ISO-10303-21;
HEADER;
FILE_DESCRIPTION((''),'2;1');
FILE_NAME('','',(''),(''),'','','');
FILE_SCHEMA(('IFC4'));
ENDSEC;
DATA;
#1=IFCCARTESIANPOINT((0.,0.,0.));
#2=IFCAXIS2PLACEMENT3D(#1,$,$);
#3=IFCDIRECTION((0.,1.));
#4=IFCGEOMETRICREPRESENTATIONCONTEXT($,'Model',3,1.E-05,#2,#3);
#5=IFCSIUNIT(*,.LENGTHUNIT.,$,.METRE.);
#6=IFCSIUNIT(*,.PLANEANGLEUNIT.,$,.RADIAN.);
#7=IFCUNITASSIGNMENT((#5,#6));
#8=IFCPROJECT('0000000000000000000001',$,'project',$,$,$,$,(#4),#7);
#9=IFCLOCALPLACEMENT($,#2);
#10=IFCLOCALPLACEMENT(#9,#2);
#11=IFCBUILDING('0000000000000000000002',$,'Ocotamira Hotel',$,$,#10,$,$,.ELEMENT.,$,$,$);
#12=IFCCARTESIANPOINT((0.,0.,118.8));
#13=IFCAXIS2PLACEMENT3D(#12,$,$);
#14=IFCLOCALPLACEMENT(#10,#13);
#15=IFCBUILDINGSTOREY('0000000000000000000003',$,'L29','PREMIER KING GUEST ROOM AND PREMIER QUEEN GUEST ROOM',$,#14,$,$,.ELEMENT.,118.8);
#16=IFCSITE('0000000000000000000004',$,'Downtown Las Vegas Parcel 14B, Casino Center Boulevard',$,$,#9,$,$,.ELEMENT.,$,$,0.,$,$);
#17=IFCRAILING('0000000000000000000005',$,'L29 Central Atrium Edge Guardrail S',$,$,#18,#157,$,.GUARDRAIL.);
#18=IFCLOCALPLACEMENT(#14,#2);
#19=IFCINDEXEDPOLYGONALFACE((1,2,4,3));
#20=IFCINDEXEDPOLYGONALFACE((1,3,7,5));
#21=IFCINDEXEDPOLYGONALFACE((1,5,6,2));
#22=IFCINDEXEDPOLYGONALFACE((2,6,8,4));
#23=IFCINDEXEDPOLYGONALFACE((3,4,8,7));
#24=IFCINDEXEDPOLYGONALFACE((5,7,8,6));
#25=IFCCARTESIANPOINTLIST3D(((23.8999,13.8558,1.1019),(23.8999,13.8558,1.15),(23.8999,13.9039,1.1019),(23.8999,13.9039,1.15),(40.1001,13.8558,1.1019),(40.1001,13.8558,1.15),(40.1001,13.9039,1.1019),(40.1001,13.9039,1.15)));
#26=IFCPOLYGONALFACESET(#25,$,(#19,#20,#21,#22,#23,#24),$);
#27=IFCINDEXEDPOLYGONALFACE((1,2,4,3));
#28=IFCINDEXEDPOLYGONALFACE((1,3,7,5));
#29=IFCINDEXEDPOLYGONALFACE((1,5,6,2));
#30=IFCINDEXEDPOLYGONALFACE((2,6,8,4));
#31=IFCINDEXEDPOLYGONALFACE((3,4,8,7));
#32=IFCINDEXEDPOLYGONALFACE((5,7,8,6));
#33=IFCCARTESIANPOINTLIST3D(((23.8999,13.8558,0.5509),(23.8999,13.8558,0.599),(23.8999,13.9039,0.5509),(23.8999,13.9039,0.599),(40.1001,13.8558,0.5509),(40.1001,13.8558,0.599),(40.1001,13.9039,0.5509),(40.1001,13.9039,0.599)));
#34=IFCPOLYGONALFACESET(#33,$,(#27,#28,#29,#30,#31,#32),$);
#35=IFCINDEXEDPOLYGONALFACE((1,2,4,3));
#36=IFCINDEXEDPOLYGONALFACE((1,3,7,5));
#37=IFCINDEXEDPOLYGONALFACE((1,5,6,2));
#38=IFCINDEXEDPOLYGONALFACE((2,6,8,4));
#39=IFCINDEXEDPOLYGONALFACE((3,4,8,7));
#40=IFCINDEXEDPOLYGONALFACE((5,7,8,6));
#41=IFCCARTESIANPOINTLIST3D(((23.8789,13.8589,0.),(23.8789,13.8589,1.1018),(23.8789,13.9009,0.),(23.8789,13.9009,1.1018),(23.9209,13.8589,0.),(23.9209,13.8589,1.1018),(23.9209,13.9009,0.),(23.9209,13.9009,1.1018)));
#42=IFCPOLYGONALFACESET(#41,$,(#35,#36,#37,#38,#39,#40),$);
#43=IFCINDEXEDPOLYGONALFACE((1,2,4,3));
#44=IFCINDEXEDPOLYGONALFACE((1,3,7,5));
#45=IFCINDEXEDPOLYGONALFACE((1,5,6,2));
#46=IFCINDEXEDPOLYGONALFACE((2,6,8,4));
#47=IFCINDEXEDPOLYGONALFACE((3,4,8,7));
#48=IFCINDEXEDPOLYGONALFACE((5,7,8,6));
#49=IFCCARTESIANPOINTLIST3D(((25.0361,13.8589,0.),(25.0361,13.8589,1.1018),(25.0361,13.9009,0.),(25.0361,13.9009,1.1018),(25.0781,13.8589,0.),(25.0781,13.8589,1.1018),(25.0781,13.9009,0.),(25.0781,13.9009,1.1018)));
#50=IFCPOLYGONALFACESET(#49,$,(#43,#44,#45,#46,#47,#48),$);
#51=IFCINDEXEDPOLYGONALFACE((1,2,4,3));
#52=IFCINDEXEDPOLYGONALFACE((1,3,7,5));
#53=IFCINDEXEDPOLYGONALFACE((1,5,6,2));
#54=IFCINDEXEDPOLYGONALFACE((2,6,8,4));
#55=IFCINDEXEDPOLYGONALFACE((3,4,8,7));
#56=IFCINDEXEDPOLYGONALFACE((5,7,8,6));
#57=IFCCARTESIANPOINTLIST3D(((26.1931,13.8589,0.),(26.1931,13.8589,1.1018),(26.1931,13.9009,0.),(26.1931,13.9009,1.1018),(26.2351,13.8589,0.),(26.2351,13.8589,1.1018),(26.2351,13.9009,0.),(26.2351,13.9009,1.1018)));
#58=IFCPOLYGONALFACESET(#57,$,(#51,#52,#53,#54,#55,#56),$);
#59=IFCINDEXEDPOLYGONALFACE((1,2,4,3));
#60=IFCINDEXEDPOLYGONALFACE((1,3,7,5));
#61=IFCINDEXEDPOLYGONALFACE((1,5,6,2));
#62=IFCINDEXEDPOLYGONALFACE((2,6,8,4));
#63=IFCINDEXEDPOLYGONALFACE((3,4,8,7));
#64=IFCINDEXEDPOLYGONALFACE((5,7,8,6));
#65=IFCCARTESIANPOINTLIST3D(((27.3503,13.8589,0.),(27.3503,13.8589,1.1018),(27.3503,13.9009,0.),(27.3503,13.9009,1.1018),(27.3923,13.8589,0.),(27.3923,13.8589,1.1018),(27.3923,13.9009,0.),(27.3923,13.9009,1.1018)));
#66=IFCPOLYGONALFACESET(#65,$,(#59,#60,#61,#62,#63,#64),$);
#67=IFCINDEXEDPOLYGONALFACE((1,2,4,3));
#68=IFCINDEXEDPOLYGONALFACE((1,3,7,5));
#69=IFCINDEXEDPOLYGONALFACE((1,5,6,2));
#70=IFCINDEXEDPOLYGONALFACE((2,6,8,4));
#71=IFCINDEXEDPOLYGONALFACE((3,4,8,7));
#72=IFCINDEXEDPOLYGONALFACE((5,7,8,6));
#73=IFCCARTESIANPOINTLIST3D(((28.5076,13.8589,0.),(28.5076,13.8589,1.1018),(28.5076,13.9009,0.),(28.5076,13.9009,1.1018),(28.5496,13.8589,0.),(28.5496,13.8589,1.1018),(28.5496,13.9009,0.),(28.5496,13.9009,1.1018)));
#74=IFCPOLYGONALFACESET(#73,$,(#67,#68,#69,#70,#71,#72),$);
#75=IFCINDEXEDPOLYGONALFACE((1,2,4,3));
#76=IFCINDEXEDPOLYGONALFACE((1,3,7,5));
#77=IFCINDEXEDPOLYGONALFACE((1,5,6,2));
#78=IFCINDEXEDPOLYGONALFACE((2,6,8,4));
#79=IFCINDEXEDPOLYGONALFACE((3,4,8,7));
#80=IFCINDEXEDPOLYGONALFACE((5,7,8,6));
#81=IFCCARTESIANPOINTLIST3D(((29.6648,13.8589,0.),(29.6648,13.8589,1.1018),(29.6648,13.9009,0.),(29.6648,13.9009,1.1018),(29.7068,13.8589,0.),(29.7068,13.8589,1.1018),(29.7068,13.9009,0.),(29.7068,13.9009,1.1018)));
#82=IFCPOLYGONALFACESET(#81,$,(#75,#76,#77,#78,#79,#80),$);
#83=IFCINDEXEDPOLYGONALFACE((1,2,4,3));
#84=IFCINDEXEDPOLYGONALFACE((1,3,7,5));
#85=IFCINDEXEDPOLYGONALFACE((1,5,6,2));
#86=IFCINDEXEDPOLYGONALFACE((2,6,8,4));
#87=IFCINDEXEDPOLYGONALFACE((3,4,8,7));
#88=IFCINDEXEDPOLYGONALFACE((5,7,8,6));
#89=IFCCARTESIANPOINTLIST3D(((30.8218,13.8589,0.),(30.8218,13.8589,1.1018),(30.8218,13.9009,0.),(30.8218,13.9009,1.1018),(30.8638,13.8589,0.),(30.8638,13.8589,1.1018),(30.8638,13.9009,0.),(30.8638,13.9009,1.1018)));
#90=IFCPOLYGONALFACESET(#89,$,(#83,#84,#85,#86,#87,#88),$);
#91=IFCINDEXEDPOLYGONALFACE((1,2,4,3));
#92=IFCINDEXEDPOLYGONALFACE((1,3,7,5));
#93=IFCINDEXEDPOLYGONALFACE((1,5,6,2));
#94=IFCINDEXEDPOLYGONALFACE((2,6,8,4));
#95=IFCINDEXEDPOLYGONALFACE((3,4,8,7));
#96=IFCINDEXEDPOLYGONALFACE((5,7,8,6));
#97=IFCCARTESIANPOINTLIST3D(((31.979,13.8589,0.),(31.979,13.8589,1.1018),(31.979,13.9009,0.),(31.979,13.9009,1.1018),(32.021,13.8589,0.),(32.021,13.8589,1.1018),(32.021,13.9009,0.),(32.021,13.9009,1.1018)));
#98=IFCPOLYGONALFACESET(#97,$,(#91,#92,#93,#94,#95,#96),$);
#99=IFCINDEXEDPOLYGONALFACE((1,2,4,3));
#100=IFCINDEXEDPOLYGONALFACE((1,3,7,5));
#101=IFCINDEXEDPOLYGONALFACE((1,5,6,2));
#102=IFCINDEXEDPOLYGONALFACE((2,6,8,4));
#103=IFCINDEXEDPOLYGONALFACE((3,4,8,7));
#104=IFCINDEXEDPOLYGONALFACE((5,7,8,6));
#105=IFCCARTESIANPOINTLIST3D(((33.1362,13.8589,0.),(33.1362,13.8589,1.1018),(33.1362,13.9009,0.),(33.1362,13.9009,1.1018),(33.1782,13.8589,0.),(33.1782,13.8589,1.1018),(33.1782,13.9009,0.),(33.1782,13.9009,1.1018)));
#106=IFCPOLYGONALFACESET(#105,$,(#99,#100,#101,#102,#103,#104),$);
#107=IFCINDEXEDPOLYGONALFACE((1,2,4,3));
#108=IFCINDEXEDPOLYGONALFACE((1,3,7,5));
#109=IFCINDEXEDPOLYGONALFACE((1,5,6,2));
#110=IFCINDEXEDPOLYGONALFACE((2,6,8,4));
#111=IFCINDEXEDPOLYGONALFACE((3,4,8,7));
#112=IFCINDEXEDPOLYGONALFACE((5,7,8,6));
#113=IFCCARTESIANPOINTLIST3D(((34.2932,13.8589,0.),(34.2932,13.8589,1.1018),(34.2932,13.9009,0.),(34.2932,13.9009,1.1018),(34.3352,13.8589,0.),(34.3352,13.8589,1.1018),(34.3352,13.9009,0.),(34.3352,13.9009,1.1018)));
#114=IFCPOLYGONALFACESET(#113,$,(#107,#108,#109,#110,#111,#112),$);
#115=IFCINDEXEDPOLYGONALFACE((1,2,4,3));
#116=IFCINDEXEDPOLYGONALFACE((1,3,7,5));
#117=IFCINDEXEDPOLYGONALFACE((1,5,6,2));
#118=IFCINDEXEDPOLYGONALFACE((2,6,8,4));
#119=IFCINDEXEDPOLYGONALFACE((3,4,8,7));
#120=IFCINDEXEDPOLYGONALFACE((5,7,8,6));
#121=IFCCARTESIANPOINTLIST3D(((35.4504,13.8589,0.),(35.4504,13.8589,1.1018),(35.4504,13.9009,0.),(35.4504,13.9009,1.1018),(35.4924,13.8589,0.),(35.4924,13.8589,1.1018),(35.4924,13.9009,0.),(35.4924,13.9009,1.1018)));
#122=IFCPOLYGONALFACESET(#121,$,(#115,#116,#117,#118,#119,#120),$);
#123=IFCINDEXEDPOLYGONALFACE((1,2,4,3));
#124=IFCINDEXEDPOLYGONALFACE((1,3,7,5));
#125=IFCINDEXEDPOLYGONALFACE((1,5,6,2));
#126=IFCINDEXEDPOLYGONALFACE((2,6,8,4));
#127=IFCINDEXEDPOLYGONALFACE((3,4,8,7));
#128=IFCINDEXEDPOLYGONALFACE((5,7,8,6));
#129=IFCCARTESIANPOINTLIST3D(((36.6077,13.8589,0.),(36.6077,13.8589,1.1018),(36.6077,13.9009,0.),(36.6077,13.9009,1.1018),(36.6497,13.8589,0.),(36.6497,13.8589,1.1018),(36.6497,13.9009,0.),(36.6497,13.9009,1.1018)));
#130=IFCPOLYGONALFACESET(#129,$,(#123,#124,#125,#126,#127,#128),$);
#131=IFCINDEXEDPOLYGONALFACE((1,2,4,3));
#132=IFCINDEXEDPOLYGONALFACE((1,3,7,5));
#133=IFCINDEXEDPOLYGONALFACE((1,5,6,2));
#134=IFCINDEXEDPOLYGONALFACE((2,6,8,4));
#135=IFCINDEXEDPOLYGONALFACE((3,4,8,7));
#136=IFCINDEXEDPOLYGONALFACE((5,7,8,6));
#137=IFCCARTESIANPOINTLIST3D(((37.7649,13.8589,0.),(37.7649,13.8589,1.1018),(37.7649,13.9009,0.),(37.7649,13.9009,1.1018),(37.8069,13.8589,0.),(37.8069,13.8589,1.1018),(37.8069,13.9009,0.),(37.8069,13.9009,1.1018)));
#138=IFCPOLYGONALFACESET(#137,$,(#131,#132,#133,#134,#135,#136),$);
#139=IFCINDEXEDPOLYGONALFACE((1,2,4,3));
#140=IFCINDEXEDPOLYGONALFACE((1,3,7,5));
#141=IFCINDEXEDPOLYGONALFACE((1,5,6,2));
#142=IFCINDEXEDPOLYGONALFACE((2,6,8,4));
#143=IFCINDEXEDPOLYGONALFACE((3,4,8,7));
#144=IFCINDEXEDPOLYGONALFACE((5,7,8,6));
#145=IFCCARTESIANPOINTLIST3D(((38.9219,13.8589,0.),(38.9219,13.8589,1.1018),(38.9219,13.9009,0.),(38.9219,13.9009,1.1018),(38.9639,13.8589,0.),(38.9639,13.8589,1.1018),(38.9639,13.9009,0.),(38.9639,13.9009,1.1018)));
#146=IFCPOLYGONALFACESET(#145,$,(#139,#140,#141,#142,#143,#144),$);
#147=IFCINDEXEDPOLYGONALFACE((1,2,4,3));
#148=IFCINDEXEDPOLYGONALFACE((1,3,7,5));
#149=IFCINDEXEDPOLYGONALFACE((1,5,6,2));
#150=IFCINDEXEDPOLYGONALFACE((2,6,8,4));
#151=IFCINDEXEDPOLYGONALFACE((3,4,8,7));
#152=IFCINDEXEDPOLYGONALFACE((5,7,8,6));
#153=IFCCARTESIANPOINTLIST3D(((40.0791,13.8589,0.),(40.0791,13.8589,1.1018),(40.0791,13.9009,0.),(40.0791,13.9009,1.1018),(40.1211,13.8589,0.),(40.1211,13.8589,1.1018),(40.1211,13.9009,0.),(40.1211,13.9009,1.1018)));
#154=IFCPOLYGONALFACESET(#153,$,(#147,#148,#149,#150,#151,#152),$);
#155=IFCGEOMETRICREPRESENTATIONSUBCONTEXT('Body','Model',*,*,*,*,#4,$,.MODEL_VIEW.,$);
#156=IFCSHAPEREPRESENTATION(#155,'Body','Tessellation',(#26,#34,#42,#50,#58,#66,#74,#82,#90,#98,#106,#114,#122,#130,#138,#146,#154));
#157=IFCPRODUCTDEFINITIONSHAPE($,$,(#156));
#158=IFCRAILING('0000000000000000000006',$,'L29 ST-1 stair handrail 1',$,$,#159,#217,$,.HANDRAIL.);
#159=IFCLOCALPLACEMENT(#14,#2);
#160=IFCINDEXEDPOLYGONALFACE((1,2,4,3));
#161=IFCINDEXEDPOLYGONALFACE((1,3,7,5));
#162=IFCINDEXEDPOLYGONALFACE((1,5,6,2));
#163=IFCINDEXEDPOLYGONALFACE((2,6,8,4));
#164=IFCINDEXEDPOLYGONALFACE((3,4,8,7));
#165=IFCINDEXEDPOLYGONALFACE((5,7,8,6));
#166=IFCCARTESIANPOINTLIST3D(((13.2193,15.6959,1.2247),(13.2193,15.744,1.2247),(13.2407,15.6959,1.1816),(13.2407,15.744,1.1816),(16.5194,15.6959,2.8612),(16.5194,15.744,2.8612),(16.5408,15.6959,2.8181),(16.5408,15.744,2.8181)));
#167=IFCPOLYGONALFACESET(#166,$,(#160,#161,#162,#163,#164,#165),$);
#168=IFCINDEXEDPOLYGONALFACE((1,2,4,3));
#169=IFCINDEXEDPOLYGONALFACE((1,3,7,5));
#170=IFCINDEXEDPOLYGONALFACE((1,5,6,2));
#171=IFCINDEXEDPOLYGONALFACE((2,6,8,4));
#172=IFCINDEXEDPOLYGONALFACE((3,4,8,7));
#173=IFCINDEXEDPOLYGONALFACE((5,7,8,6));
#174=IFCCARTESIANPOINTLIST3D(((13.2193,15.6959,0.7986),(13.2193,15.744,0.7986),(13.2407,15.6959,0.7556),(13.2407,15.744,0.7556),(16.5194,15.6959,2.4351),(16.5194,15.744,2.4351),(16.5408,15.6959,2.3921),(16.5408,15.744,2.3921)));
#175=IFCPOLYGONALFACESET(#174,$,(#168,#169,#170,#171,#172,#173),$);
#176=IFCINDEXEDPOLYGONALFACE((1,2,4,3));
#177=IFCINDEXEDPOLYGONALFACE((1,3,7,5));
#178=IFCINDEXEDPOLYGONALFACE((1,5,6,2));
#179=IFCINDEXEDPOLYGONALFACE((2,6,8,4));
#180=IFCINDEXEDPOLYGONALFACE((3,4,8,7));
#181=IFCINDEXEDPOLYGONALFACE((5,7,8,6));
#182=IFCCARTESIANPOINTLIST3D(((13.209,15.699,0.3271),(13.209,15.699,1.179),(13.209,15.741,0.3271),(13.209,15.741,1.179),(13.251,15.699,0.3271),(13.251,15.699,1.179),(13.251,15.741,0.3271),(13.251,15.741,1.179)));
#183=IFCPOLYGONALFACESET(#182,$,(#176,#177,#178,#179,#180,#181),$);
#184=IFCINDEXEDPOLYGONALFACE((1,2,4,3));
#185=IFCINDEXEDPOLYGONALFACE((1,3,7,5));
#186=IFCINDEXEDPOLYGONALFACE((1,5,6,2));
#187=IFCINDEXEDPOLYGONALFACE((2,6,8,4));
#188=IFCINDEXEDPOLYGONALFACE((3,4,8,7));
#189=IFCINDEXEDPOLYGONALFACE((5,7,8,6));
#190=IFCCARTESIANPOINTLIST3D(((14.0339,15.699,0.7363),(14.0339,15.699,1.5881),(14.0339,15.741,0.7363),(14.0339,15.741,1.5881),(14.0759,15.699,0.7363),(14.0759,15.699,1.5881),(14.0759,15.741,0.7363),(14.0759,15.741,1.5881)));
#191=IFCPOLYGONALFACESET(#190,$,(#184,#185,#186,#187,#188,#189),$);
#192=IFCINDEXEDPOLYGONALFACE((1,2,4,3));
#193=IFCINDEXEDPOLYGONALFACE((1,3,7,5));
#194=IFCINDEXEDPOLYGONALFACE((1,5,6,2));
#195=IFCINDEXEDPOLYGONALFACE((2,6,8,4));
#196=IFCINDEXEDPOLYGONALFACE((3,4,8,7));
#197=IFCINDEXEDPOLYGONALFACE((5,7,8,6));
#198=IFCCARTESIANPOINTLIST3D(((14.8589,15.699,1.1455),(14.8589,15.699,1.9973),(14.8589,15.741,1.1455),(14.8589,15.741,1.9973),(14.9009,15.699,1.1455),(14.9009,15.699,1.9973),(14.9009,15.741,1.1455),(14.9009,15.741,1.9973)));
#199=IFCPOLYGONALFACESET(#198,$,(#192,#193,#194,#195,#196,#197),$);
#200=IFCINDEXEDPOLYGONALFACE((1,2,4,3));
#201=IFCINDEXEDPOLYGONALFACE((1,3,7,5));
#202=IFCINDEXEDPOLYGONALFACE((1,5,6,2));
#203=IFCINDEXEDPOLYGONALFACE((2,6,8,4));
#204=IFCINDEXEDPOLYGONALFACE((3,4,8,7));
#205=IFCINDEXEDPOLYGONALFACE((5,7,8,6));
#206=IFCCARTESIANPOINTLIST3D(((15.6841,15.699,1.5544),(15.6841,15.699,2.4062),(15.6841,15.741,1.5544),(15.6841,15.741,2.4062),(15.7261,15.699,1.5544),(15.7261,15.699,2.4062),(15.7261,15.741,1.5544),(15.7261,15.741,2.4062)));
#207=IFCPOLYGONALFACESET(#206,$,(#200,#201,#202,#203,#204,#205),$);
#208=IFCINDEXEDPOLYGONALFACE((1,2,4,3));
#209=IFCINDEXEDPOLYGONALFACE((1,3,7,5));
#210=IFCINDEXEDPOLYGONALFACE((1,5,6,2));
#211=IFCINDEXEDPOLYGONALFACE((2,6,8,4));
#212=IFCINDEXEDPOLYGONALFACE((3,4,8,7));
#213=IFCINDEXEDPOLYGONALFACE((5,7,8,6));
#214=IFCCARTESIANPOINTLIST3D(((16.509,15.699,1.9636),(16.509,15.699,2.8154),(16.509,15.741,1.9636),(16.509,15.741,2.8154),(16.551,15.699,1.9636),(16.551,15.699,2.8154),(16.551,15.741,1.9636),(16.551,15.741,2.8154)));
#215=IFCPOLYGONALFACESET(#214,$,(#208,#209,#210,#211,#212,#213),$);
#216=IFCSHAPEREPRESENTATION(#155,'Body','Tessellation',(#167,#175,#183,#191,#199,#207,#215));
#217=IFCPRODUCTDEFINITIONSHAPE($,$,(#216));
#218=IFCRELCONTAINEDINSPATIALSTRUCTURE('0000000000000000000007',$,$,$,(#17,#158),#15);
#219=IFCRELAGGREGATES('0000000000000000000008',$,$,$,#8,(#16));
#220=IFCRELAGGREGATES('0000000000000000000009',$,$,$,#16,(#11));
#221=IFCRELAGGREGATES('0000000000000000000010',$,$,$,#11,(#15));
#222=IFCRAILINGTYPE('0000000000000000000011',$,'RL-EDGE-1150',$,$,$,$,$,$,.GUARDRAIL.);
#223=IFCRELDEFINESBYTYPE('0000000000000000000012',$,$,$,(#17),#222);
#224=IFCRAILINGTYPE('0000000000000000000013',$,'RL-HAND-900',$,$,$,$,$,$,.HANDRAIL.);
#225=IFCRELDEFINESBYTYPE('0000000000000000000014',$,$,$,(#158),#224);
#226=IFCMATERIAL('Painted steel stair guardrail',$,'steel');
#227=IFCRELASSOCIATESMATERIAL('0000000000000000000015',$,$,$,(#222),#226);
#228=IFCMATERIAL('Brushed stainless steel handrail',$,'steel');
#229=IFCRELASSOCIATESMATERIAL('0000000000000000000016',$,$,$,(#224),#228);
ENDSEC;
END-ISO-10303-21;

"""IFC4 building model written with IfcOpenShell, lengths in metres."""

from ifc_helpers import new_model, si_unit, direction, frame, origin, origin_2d, place, context, subcontext, project, spatial, rectangle, extrude, material, type_object, element, save


model = new_model("IFC4")

# Units and contexts
model_context = context("Model", 3, precision=1e-05, world=origin(), true_north=direction((0.0, 1.0)))
body_context = subcontext(model_context, "Body", "Model", "MODEL_VIEW")
ifc_project = project(units=[si_unit("LENGTHUNIT", "METRE"), si_unit("PLANEANGLEUNIT", "RADIAN")], contexts=[model_context])

# Site, building, storey
site_placement = place(None, origin())
site = spatial("IfcSite", under=ifc_project, at=site_placement, Name="Downtown Las Vegas Parcel 14B, Casino Center Boulevard", CompositionType="ELEMENT", RefElevation=0.0)
building_placement = place(site_placement, origin())
building = spatial("IfcBuilding", under=site, at=building_placement, Name="Ocotamira Hotel", CompositionType="ELEMENT")
storey_placement = place(building_placement, frame((0.0, 0.0, 118.8)))
storey = spatial("IfcBuildingStorey", under=building, at=storey_placement, Name="L29", Description="PREMIER KING GUEST ROOM AND PREMIER QUEEN GUEST ROOM", CompositionType="ELEMENT", Elevation=118.8)

# Railings
ifc_material_1 = material(Name="Painted steel stair guardrail", Category="steel")
railing_type_1 = type_object("IfcRailingType", Name="RL-EDGE-1150", PredefinedType="GUARDRAIL", material=ifc_material_1)
railing_1_placement = place(storey_placement, frame((23.8999, 13.8799, 0.0)))
element("IfcRailing", 1, at=railing_1_placement, inside=storey, type_object=railing_type_1, Name="L29 Central Atrium Edge Guardrail S", PredefinedType="GUARDRAIL", context=body_context, shape_type="SweptSolid", body=[
    extrude(rectangle(XDim=0.0481, YDim=0.0481, at=origin_2d()), frame((0.0, 0.0, 1.126), z_axis=(1.0, 0.0, 0.0), x_axis=(0.0, 1.0, 0.0)), (0.0, 0.0, 1.0), 16.2002),
    extrude(rectangle(XDim=0.0481, YDim=0.0481, at=origin_2d()), frame((0.0, 0.0, 0.575), z_axis=(1.0, 0.0, 0.0), x_axis=(0.0, 1.0, 0.0)), (0.0, 0.0, 1.0), 16.2002),
    extrude(rectangle(XDim=0.042, YDim=0.042, at=origin_2d()), origin(), (0.0, 0.0, 1.0), 1.1018),
    extrude(rectangle(XDim=0.042, YDim=0.042, at=origin_2d()), frame((1.1572, 0.0, 0.0)), (0.0, 0.0, 1.0), 1.1018),
    extrude(rectangle(XDim=0.042, YDim=0.042, at=origin_2d()), frame((2.3142, 0.0, 0.0)), (0.0, 0.0, 1.0), 1.1018),
    extrude(rectangle(XDim=0.042, YDim=0.042, at=origin_2d()), frame((3.4714, 0.0, 0.0)), (0.0, 0.0, 1.0), 1.1018),
    extrude(rectangle(XDim=0.042, YDim=0.042, at=origin_2d()), frame((4.6287, 0.0, 0.0)), (0.0, 0.0, 1.0), 1.1018),
    extrude(rectangle(XDim=0.042, YDim=0.042, at=origin_2d()), frame((5.7859, 0.0, 0.0)), (0.0, 0.0, 1.0), 1.1018),
    extrude(rectangle(XDim=0.042, YDim=0.042, at=origin_2d()), frame((6.9429, 0.0, 0.0)), (0.0, 0.0, 1.0), 1.1018),
    extrude(rectangle(XDim=0.042, YDim=0.042, at=origin_2d()), frame((8.1001, 0.0, 0.0)), (0.0, 0.0, 1.0), 1.1018),
    extrude(rectangle(XDim=0.042, YDim=0.042, at=origin_2d()), frame((9.2573, 0.0, 0.0)), (0.0, 0.0, 1.0), 1.1018),
    extrude(rectangle(XDim=0.042, YDim=0.042, at=origin_2d()), frame((10.4143, 0.0, 0.0)), (0.0, 0.0, 1.0), 1.1018),
    extrude(rectangle(XDim=0.042, YDim=0.042, at=origin_2d()), frame((11.5715, 0.0, 0.0)), (0.0, 0.0, 1.0), 1.1018),
    extrude(rectangle(XDim=0.042, YDim=0.042, at=origin_2d()), frame((12.7288, 0.0, 0.0)), (0.0, 0.0, 1.0), 1.1018),
    extrude(rectangle(XDim=0.042, YDim=0.042, at=origin_2d()), frame((13.886, 0.0, 0.0)), (0.0, 0.0, 1.0), 1.1018),
    extrude(rectangle(XDim=0.042, YDim=0.042, at=origin_2d()), frame((15.043, 0.0, 0.0)), (0.0, 0.0, 1.0), 1.1018),
    extrude(rectangle(XDim=0.042, YDim=0.042, at=origin_2d()), frame((16.2002, 0.0, 0.0)), (0.0, 0.0, 1.0), 1.1018),
])
ifc_material_2 = material(Name="Brushed stainless steel handrail", Category="steel")
railing_type_2 = type_object("IfcRailingType", Name="RL-HAND-900", PredefinedType="HANDRAIL", material=ifc_material_2)
railing_2_placement = place(storey_placement, frame((13.23, 15.72, 0.3271)))
element("IfcRailing", 2, at=railing_2_placement, inside=storey, type_object=railing_type_2, Name="L29 ST-1 stair handrail 1", PredefinedType="HANDRAIL", context=body_context, shape_type="SweptSolid", body=[
    extrude(rectangle(XDim=0.0481, YDim=0.0481, at=origin_2d()), frame((0.0, 0.0, 0.876), z_axis=(0.895894, 0.0, 0.444268), x_axis=(0.0, 1.0, 0.0)), (0.0, 0.0, 1.0), 3.6836),
    extrude(rectangle(XDim=0.0481, YDim=0.0481, at=origin_2d()), frame((0.0, 0.0, 0.45), z_axis=(0.895894, 0.0, 0.444268), x_axis=(0.0, 1.0, 0.0)), (0.0, 0.0, 1.0), 3.6836),
    extrude(rectangle(XDim=0.042, YDim=0.042, at=origin_2d()), origin(), (0.0, 0.0, 1.0), 0.8518),
    extrude(rectangle(XDim=0.042, YDim=0.042, at=origin_2d()), frame((0.825, 0.0, 0.4092)), (0.0, 0.0, 1.0), 0.8518),
    extrude(rectangle(XDim=0.042, YDim=0.042, at=origin_2d()), frame((1.6499, 0.0, 0.8184)), (0.0, 0.0, 1.0), 0.8518),
    extrude(rectangle(XDim=0.042, YDim=0.042, at=origin_2d()), frame((2.4751, 0.0, 1.2273)), (0.0, 0.0, 1.0), 0.8518),
    extrude(rectangle(XDim=0.042, YDim=0.042, at=origin_2d()), frame((3.3, 0.0, 1.6365)), (0.0, 0.0, 1.0), 0.8518),
])

save(model, "model.ifc")
